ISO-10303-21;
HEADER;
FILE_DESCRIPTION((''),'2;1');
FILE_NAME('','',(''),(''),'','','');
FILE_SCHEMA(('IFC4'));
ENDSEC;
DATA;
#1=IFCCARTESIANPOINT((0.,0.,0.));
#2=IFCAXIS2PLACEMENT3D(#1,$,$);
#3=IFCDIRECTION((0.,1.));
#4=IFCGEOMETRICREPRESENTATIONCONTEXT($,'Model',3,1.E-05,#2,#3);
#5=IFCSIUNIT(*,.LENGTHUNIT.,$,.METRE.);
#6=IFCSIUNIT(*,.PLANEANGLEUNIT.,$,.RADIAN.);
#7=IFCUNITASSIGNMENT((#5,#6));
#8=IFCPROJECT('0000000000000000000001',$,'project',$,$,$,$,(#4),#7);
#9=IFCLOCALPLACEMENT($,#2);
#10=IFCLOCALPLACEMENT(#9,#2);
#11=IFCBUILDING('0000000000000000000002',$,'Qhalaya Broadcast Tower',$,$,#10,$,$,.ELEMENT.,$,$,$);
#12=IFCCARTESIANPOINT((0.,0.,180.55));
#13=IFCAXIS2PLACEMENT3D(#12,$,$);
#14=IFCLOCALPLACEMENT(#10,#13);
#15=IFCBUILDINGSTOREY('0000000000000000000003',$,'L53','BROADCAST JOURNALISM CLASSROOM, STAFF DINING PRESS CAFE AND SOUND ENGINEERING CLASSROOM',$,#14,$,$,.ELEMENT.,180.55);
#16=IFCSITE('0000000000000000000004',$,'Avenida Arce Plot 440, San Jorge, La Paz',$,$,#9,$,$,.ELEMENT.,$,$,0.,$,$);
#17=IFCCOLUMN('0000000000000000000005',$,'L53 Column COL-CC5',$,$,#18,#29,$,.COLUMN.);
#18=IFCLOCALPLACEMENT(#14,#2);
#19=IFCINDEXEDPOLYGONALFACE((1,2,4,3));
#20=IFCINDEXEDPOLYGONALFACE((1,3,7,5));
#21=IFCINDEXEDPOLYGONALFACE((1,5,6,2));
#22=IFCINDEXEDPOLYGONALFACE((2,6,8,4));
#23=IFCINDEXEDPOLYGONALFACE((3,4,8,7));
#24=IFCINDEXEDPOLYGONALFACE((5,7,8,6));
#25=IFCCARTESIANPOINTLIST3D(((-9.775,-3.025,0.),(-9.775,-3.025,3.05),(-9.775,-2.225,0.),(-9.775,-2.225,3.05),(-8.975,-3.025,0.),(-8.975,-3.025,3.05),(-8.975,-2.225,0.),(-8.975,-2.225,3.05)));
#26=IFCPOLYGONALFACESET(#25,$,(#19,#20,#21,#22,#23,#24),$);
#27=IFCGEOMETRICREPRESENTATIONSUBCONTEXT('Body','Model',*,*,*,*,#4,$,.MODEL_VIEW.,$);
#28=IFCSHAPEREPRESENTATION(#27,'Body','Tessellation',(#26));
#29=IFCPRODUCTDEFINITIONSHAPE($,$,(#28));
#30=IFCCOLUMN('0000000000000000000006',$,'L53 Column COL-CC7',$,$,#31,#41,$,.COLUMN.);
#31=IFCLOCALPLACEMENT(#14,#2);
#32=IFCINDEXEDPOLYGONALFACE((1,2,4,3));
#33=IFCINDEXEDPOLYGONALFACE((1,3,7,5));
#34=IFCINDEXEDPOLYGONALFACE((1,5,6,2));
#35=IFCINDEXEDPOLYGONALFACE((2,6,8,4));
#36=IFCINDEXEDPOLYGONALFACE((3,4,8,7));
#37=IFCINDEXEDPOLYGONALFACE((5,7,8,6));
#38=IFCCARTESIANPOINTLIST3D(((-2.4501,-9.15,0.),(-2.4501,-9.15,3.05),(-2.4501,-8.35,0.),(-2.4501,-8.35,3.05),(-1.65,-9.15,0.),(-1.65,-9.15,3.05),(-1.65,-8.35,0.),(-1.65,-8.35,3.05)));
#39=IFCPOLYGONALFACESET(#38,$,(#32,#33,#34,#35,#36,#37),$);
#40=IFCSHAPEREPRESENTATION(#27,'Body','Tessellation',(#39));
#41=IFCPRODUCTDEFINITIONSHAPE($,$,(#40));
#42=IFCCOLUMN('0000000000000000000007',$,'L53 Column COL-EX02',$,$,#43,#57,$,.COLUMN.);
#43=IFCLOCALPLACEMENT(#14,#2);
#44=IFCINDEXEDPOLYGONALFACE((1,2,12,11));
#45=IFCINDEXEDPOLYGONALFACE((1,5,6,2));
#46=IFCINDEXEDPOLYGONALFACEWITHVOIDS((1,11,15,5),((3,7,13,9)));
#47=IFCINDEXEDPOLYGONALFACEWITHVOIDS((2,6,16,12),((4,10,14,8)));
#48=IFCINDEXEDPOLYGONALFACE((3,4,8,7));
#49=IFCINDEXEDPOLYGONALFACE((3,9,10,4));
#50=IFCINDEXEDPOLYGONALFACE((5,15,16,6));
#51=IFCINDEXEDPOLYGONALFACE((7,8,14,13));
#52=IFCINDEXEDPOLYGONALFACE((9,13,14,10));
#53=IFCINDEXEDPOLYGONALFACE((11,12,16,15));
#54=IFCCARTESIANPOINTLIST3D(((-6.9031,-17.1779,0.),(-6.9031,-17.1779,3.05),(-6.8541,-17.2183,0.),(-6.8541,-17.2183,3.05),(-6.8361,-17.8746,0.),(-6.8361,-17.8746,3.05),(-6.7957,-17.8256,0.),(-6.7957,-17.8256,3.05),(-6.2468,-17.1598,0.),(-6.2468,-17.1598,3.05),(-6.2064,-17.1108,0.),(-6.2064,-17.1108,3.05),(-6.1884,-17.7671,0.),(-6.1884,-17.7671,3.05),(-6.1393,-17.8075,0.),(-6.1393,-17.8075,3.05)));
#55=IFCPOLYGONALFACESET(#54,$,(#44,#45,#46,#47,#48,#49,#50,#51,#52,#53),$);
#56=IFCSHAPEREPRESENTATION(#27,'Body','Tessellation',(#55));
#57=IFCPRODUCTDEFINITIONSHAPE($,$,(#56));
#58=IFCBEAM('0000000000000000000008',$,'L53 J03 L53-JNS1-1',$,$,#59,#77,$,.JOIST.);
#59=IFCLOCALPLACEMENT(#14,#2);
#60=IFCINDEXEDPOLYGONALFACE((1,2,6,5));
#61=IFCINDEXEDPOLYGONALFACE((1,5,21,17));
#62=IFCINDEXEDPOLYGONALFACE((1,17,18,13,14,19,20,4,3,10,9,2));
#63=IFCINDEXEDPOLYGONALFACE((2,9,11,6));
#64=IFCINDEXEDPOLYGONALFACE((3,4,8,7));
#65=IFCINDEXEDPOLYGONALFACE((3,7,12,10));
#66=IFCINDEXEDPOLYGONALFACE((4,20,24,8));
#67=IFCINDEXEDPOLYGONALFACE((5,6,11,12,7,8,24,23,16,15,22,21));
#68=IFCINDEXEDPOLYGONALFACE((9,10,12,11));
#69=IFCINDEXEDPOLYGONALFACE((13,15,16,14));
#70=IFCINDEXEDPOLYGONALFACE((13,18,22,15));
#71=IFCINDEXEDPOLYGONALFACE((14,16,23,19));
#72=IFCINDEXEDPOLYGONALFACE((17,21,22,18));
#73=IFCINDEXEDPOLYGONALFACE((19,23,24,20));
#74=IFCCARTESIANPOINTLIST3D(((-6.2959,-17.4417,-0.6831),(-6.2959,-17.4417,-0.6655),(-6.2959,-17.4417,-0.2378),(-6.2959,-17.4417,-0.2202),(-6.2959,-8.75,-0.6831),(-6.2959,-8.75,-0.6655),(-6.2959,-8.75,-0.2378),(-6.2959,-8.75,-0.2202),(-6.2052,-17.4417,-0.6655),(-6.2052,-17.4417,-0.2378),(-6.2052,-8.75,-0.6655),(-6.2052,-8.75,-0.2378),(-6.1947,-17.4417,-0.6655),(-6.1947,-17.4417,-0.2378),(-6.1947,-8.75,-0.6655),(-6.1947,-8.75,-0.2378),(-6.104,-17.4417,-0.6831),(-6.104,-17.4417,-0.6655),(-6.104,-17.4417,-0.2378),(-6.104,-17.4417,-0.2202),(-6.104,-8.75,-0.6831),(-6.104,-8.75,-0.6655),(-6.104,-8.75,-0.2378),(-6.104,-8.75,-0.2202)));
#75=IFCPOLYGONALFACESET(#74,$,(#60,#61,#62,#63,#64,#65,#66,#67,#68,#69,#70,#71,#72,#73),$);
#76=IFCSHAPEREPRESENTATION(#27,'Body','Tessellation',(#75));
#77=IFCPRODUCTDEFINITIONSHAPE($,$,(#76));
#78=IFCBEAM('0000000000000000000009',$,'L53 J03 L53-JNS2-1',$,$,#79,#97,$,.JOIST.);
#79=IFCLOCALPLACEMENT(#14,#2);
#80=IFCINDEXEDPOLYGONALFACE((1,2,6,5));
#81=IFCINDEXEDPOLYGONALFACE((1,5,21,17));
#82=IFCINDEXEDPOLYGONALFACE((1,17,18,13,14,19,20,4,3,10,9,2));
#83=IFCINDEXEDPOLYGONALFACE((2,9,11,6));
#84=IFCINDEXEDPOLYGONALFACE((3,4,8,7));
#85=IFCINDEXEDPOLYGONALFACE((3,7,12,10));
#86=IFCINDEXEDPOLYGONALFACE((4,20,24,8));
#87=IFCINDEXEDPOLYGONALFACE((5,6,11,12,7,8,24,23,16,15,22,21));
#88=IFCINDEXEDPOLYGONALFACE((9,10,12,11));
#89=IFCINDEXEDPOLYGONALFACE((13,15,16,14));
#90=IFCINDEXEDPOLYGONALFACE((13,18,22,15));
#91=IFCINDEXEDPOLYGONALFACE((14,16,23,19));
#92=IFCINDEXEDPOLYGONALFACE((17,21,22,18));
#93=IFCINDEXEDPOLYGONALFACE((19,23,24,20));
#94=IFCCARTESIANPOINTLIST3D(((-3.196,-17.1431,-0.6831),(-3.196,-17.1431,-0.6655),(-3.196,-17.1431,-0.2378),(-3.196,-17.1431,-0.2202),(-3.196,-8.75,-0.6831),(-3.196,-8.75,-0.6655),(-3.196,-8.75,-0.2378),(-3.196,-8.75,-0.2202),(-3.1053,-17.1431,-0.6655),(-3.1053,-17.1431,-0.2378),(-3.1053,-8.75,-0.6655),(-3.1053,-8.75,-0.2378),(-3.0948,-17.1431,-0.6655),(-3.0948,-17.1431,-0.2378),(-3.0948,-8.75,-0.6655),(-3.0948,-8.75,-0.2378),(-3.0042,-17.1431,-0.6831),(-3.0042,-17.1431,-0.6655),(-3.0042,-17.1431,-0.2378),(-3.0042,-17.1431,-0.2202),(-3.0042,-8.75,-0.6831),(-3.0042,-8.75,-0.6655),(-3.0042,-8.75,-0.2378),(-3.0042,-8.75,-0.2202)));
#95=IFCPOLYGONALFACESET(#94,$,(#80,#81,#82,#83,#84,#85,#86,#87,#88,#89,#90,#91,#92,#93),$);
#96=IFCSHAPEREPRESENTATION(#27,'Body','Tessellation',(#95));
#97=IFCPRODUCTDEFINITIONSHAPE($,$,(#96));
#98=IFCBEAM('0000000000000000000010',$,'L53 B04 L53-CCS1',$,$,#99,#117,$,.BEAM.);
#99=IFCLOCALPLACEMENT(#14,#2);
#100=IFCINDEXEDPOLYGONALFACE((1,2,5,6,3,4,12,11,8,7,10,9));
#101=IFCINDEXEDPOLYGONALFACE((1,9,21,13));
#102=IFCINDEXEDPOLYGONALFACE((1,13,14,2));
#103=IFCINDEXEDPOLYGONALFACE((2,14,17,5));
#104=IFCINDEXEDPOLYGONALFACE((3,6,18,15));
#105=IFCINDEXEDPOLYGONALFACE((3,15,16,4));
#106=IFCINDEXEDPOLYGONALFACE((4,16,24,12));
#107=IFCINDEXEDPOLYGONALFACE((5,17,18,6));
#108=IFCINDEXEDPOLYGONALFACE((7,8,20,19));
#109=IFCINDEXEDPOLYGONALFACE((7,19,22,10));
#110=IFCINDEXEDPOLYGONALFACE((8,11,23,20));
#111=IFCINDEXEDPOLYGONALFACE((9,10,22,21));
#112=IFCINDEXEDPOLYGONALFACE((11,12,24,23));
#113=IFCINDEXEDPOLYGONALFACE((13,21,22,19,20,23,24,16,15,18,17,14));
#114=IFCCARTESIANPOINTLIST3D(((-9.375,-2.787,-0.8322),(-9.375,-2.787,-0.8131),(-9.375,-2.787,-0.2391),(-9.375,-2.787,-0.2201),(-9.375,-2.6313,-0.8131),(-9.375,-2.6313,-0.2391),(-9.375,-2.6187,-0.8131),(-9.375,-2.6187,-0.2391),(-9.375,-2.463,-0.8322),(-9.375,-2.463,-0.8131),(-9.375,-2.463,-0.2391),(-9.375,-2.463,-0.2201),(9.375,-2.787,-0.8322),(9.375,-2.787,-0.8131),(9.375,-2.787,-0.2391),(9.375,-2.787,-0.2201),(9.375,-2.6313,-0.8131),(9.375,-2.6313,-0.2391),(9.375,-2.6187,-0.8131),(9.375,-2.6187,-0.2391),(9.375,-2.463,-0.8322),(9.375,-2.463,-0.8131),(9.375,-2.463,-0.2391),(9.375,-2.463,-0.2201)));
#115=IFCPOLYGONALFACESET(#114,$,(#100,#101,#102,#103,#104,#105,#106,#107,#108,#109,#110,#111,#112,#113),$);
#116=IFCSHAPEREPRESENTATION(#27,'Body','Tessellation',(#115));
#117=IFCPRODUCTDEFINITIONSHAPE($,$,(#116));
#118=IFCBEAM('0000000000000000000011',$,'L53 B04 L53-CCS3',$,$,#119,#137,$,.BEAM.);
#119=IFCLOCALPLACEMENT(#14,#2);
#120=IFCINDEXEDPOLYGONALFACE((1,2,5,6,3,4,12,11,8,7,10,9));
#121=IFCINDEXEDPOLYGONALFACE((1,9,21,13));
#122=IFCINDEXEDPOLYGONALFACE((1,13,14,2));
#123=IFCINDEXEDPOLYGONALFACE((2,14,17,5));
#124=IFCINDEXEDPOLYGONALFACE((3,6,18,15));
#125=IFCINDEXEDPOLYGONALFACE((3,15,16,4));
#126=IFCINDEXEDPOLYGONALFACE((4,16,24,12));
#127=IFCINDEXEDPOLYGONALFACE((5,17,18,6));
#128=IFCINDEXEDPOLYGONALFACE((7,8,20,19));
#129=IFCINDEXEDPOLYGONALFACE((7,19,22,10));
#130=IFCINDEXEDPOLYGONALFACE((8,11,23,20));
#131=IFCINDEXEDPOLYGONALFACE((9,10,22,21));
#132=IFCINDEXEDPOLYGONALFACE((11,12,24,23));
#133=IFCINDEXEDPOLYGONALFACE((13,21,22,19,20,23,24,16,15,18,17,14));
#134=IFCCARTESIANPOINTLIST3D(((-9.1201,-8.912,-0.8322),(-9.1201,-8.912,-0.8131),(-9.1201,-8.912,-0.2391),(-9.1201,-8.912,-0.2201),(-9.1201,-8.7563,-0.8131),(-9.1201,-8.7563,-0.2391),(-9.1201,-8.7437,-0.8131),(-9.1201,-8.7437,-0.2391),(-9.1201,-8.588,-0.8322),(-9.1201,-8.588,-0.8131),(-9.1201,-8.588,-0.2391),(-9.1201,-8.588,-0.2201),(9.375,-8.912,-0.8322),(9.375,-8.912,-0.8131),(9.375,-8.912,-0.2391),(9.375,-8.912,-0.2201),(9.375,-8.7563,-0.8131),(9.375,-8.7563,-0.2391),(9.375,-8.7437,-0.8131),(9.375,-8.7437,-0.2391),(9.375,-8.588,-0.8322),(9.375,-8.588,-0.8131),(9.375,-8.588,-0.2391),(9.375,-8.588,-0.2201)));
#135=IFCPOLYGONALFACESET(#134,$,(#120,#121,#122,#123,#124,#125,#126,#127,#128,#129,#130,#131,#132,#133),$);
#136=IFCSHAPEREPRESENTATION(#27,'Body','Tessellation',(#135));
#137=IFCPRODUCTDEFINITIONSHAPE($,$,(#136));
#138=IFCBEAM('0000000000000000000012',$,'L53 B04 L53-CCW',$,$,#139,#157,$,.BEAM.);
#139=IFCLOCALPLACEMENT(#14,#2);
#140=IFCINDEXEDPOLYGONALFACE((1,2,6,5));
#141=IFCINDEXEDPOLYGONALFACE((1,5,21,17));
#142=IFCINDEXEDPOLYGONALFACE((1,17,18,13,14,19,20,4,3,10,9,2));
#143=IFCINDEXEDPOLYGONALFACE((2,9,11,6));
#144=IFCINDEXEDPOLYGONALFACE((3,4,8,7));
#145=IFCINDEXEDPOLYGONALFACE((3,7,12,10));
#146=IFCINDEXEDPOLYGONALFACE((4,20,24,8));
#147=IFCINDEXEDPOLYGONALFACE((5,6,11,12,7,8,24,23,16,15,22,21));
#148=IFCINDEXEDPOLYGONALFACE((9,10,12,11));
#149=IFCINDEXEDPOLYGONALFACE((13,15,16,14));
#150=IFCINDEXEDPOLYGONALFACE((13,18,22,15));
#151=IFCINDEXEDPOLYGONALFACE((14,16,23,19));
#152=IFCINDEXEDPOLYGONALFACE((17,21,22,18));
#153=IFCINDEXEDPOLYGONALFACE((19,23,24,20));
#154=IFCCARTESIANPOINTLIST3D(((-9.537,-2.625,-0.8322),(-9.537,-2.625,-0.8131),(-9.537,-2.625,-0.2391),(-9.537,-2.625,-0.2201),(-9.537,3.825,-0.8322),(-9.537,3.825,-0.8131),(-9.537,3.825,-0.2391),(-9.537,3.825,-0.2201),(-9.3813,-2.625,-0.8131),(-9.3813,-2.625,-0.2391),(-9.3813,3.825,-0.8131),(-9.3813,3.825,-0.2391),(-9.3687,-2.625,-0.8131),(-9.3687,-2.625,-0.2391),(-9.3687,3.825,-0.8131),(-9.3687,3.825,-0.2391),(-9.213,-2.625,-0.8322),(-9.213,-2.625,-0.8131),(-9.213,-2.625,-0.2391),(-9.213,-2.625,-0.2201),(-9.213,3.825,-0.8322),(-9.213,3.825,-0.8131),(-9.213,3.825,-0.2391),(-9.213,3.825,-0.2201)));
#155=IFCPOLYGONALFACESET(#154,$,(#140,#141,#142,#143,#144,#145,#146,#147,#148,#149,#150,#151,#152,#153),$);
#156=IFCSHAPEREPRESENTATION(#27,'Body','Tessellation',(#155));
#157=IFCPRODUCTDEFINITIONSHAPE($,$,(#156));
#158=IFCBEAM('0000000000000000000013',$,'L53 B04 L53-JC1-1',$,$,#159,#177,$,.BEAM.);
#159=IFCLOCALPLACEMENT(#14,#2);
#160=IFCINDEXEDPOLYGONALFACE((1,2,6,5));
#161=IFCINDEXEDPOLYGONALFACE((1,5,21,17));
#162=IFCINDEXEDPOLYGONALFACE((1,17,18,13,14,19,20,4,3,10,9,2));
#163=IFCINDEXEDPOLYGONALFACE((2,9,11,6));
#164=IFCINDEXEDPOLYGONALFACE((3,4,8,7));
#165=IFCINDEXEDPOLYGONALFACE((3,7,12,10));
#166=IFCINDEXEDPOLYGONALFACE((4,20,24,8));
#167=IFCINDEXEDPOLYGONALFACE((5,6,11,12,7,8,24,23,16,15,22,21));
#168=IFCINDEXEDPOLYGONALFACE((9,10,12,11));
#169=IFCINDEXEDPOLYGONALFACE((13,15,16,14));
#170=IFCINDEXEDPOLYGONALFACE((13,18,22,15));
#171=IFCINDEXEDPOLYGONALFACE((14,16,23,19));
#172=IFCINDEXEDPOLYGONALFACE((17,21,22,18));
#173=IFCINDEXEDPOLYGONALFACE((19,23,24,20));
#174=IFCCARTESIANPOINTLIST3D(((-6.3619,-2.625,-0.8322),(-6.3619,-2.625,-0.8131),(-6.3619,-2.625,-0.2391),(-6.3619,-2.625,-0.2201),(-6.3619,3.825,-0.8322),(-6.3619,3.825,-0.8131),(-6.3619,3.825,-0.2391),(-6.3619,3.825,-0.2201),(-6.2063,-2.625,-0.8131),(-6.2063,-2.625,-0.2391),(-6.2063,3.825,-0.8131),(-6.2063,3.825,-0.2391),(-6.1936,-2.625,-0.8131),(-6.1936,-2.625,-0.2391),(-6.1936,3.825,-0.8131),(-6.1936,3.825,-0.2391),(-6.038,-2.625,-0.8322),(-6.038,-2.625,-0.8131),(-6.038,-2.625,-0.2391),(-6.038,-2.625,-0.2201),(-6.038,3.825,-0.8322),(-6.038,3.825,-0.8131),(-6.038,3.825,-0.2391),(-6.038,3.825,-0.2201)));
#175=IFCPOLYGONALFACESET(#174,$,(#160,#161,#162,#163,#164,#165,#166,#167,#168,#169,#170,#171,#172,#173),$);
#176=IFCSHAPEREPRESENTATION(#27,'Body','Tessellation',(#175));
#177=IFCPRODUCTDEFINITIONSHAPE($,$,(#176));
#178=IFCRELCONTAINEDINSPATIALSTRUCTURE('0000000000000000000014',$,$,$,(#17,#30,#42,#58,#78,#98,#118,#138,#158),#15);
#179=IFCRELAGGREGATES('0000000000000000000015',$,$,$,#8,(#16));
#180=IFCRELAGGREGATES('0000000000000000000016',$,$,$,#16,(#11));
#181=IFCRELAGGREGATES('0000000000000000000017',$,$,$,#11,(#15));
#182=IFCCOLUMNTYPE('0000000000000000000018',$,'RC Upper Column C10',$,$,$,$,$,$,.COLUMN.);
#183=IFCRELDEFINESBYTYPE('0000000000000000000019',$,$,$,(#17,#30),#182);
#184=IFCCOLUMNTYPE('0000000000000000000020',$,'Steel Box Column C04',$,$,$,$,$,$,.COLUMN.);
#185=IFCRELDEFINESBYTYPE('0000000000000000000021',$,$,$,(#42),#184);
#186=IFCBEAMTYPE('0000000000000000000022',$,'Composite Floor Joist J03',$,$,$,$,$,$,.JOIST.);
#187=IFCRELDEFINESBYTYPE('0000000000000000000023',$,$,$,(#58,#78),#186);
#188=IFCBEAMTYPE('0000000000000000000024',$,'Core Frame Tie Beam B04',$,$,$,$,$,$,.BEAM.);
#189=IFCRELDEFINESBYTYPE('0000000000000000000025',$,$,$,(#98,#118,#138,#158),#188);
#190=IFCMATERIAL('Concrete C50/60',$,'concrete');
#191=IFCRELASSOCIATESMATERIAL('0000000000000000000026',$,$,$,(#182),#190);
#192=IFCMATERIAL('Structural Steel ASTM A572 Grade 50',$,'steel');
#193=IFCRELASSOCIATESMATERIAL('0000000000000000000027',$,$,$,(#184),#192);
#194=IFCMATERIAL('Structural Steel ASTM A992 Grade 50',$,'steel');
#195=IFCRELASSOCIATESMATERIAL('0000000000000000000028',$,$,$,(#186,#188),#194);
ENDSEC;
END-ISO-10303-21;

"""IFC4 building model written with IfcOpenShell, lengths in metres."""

from ifc_helpers import new_model, si_unit, direction, frame, origin, origin_2d, place, context, subcontext, project, spatial, rectangle, hollow_rectangle, i_section, extrude, material, material_profile, profile_set, type_object, element, save


model = new_model("IFC4")

# Units and contexts
model_context = context("Model", 3, precision=1e-05, world=origin(), true_north=direction((0.0, 1.0)))
body_context = subcontext(model_context, "Body", "Model", "MODEL_VIEW")
ifc_project = project(units=[si_unit("LENGTHUNIT", "METRE"), si_unit("PLANEANGLEUNIT", "RADIAN")], contexts=[model_context])

# Site, building, storey
site_placement = place(None, origin())
site = spatial("IfcSite", under=ifc_project, at=site_placement, Name="Avenida Arce Plot 440, San Jorge, La Paz", CompositionType="ELEMENT", RefElevation=0.0)
building_placement = place(site_placement, origin())
building = spatial("IfcBuilding", under=site, at=building_placement, Name="Qhalaya Broadcast Tower", CompositionType="ELEMENT")
storey_placement = place(building_placement, frame((0.0, 0.0, 180.55)))
storey = spatial("IfcBuildingStorey", under=building, at=storey_placement, Name="L53", Description="BROADCAST JOURNALISM CLASSROOM, STAFF DINING PRESS CAFE AND SOUND ENGINEERING CLASSROOM", CompositionType="ELEMENT", Elevation=180.55)

# Columns
ifc_material_1 = material(Name="Concrete C50/60", Category="concrete")
ifc_material_profile_1 = material_profile(ifc_material_1, rectangle(XDim=0.8, YDim=0.8, at=origin_2d()), Name="RC-COL 800x800")
ifc_profile_set_1 = profile_set([ifc_material_profile_1], Name="Concrete C50/60")
column_type_1 = type_object("IfcColumnType", Name="RC Upper Column C10", PredefinedType="COLUMN", material=ifc_profile_set_1)
for number, where, z_axis, x_axis, name in (
    (1, (-9.375, -2.625, 0.0), (0.0, 0.0, 1.0), (1.0, 0.0, 0.0), "L53 Column COL-CC5"),
    (2, (-2.05, -8.75, 0.0), (0.0, 0.0, 1.0), (1.0, 0.0, 0.0), "L53 Column COL-CC7"),
):
    element("IfcColumn", number, at=place(storey_placement, frame(where, z_axis=z_axis, x_axis=x_axis)), inside=storey, type_object=column_type_1, Name=name, PredefinedType="COLUMN", context=body_context, shape_type="SweptSolid", body=[
        extrude(rectangle(XDim=0.8, YDim=0.8, at=origin_2d()), origin(), (0.0, 0.0, 1.0), 3.05),
    ])
ifc_material_2 = material(Name="Structural Steel ASTM A572 Grade 50", Category="steel")
ifc_material_profile_2 = material_profile(ifc_material_2, hollow_rectangle(XDim=0.7, YDim=0.7, WallThickness=0.0449, at=origin_2d()), Name="BOX 700x700x45")
ifc_profile_set_2 = profile_set([ifc_material_profile_2], Name="Structural Steel ASTM A572 Grade 50")
column_type_2 = type_object("IfcColumnType", Name="Steel Box Column C04", PredefinedType="COLUMN", material=ifc_profile_set_2)
column_placement = place(storey_placement, frame((-6.5212, -17.4927, 0.0), z_axis=(0.0, 0.0, 1.0), x_axis=(0.995396, 0.095846, 0.0)))
element("IfcColumn", 3, at=column_placement, inside=storey, type_object=column_type_2, Name="L53 Column COL-EX02", PredefinedType="COLUMN", context=body_context, shape_type="SweptSolid", body=[
    extrude(hollow_rectangle(XDim=0.7, YDim=0.7, WallThickness=0.0449, at=origin_2d()), origin(), (0.0, 0.0, 1.0), 3.05),
])

# Beams
ifc_material_3 = material(Name="Structural Steel ASTM A992 Grade 50", Category="steel")
ifc_material_profile_3 = material_profile(ifc_material_3, i_section(OverallWidth=0.1919, OverallDepth=0.4629, WebThickness=0.0105, FlangeThickness=0.0176, at=origin_2d()), Name="W18X60")
ifc_profile_set_3 = profile_set([ifc_material_profile_3], Name="Structural Steel ASTM A992 Grade 50")
beam_type_1 = type_object("IfcBeamType", Name="Composite Floor Joist J03", PredefinedType="JOIST", material=ifc_profile_set_3)
beam_1_placement = place(storey_placement, frame((-6.2, -17.4417, -0.4517), z_axis=(0.0, 1.0, 0.0), x_axis=(-1.0, 0.0, 0.0)))
element("IfcBeam", 4, at=beam_1_placement, inside=storey, type_object=beam_type_1, Name="L53 J03 L53-JNS1-1", PredefinedType="JOIST", context=body_context, shape_type="SweptSolid", body=[
    extrude(i_section(OverallWidth=0.1919, OverallDepth=0.4629, WebThickness=0.0105, FlangeThickness=0.0176, at=origin_2d()), origin(), (0.0, 0.0, 1.0), 8.6917),
])
beam_2_placement = place(storey_placement, frame((-3.1001, -17.1431, -0.4517), z_axis=(0.0, 1.0, 0.0), x_axis=(-1.0, 0.0, 0.0)))
element("IfcBeam", 5, at=beam_2_placement, inside=storey, type_object=beam_type_1, Name="L53 J03 L53-JNS2-1", PredefinedType="JOIST", context=body_context, shape_type="SweptSolid", body=[
    extrude(i_section(OverallWidth=0.1919, OverallDepth=0.4629, WebThickness=0.0105, FlangeThickness=0.0176, at=origin_2d()), origin(), (0.0, 0.0, 1.0), 8.3931),
])
ifc_material_profile_4 = material_profile(ifc_material_3, i_section(OverallWidth=0.324, OverallDepth=0.6121, WebThickness=0.0127, FlangeThickness=0.019, at=origin_2d()), Name="W24X104")
ifc_profile_set_4 = profile_set([ifc_material_profile_4], Name="Structural Steel ASTM A992 Grade 50")
beam_type_2 = type_object("IfcBeamType", Name="Core Frame Tie Beam B04", PredefinedType="BEAM", material=ifc_profile_set_4)
beam_3_placement = place(storey_placement, frame((-9.375, -2.625, -0.5261), z_axis=(1.0, 0.0, 0.0), x_axis=(0.0, 1.0, 0.0)))
element("IfcBeam", 6, at=beam_3_placement, inside=storey, type_object=beam_type_2, Name="L53 B04 L53-CCS1", PredefinedType="BEAM", context=body_context, shape_type="SweptSolid", body=[
    extrude(i_section(OverallWidth=0.324, OverallDepth=0.6121, WebThickness=0.0127, FlangeThickness=0.019, at=origin_2d()), origin(), (0.0, 0.0, 1.0), 18.75),
])
beam_4_placement = place(storey_placement, frame((-9.1201, -8.75, -0.5261), z_axis=(1.0, 0.0, 0.0), x_axis=(0.0, 1.0, 0.0)))
element("IfcBeam", 7, at=beam_4_placement, inside=storey, type_object=beam_type_2, Name="L53 B04 L53-CCS3", PredefinedType="BEAM", context=body_context, shape_type="SweptSolid", body=[
    extrude(i_section(OverallWidth=0.324, OverallDepth=0.6121, WebThickness=0.0127, FlangeThickness=0.019, at=origin_2d()), origin(), (0.0, 0.0, 1.0), 18.4951),
])
for number, where, z_axis, x_axis, name in (
    (8, (-9.375, -2.625, -0.5261), (0.0, 1.0, 0.0), (-1.0, 0.0, 0.0), "L53 B04 L53-CCW"),
    (9, (-6.2, -2.625, -0.5261), (0.0, 1.0, 0.0), (-1.0, 0.0, 0.0), "L53 B04 L53-JC1-1"),
):
    element("IfcBeam", number, at=place(storey_placement, frame(where, z_axis=z_axis, x_axis=x_axis)), inside=storey, type_object=beam_type_2, Name=name, PredefinedType="BEAM", context=body_context, shape_type="SweptSolid", body=[
        extrude(i_section(OverallWidth=0.324, OverallDepth=0.6121, WebThickness=0.0127, FlangeThickness=0.019, at=origin_2d()), origin(), (0.0, 0.0, 1.0), 6.45),
    ])

save(model, "model.ifc")
